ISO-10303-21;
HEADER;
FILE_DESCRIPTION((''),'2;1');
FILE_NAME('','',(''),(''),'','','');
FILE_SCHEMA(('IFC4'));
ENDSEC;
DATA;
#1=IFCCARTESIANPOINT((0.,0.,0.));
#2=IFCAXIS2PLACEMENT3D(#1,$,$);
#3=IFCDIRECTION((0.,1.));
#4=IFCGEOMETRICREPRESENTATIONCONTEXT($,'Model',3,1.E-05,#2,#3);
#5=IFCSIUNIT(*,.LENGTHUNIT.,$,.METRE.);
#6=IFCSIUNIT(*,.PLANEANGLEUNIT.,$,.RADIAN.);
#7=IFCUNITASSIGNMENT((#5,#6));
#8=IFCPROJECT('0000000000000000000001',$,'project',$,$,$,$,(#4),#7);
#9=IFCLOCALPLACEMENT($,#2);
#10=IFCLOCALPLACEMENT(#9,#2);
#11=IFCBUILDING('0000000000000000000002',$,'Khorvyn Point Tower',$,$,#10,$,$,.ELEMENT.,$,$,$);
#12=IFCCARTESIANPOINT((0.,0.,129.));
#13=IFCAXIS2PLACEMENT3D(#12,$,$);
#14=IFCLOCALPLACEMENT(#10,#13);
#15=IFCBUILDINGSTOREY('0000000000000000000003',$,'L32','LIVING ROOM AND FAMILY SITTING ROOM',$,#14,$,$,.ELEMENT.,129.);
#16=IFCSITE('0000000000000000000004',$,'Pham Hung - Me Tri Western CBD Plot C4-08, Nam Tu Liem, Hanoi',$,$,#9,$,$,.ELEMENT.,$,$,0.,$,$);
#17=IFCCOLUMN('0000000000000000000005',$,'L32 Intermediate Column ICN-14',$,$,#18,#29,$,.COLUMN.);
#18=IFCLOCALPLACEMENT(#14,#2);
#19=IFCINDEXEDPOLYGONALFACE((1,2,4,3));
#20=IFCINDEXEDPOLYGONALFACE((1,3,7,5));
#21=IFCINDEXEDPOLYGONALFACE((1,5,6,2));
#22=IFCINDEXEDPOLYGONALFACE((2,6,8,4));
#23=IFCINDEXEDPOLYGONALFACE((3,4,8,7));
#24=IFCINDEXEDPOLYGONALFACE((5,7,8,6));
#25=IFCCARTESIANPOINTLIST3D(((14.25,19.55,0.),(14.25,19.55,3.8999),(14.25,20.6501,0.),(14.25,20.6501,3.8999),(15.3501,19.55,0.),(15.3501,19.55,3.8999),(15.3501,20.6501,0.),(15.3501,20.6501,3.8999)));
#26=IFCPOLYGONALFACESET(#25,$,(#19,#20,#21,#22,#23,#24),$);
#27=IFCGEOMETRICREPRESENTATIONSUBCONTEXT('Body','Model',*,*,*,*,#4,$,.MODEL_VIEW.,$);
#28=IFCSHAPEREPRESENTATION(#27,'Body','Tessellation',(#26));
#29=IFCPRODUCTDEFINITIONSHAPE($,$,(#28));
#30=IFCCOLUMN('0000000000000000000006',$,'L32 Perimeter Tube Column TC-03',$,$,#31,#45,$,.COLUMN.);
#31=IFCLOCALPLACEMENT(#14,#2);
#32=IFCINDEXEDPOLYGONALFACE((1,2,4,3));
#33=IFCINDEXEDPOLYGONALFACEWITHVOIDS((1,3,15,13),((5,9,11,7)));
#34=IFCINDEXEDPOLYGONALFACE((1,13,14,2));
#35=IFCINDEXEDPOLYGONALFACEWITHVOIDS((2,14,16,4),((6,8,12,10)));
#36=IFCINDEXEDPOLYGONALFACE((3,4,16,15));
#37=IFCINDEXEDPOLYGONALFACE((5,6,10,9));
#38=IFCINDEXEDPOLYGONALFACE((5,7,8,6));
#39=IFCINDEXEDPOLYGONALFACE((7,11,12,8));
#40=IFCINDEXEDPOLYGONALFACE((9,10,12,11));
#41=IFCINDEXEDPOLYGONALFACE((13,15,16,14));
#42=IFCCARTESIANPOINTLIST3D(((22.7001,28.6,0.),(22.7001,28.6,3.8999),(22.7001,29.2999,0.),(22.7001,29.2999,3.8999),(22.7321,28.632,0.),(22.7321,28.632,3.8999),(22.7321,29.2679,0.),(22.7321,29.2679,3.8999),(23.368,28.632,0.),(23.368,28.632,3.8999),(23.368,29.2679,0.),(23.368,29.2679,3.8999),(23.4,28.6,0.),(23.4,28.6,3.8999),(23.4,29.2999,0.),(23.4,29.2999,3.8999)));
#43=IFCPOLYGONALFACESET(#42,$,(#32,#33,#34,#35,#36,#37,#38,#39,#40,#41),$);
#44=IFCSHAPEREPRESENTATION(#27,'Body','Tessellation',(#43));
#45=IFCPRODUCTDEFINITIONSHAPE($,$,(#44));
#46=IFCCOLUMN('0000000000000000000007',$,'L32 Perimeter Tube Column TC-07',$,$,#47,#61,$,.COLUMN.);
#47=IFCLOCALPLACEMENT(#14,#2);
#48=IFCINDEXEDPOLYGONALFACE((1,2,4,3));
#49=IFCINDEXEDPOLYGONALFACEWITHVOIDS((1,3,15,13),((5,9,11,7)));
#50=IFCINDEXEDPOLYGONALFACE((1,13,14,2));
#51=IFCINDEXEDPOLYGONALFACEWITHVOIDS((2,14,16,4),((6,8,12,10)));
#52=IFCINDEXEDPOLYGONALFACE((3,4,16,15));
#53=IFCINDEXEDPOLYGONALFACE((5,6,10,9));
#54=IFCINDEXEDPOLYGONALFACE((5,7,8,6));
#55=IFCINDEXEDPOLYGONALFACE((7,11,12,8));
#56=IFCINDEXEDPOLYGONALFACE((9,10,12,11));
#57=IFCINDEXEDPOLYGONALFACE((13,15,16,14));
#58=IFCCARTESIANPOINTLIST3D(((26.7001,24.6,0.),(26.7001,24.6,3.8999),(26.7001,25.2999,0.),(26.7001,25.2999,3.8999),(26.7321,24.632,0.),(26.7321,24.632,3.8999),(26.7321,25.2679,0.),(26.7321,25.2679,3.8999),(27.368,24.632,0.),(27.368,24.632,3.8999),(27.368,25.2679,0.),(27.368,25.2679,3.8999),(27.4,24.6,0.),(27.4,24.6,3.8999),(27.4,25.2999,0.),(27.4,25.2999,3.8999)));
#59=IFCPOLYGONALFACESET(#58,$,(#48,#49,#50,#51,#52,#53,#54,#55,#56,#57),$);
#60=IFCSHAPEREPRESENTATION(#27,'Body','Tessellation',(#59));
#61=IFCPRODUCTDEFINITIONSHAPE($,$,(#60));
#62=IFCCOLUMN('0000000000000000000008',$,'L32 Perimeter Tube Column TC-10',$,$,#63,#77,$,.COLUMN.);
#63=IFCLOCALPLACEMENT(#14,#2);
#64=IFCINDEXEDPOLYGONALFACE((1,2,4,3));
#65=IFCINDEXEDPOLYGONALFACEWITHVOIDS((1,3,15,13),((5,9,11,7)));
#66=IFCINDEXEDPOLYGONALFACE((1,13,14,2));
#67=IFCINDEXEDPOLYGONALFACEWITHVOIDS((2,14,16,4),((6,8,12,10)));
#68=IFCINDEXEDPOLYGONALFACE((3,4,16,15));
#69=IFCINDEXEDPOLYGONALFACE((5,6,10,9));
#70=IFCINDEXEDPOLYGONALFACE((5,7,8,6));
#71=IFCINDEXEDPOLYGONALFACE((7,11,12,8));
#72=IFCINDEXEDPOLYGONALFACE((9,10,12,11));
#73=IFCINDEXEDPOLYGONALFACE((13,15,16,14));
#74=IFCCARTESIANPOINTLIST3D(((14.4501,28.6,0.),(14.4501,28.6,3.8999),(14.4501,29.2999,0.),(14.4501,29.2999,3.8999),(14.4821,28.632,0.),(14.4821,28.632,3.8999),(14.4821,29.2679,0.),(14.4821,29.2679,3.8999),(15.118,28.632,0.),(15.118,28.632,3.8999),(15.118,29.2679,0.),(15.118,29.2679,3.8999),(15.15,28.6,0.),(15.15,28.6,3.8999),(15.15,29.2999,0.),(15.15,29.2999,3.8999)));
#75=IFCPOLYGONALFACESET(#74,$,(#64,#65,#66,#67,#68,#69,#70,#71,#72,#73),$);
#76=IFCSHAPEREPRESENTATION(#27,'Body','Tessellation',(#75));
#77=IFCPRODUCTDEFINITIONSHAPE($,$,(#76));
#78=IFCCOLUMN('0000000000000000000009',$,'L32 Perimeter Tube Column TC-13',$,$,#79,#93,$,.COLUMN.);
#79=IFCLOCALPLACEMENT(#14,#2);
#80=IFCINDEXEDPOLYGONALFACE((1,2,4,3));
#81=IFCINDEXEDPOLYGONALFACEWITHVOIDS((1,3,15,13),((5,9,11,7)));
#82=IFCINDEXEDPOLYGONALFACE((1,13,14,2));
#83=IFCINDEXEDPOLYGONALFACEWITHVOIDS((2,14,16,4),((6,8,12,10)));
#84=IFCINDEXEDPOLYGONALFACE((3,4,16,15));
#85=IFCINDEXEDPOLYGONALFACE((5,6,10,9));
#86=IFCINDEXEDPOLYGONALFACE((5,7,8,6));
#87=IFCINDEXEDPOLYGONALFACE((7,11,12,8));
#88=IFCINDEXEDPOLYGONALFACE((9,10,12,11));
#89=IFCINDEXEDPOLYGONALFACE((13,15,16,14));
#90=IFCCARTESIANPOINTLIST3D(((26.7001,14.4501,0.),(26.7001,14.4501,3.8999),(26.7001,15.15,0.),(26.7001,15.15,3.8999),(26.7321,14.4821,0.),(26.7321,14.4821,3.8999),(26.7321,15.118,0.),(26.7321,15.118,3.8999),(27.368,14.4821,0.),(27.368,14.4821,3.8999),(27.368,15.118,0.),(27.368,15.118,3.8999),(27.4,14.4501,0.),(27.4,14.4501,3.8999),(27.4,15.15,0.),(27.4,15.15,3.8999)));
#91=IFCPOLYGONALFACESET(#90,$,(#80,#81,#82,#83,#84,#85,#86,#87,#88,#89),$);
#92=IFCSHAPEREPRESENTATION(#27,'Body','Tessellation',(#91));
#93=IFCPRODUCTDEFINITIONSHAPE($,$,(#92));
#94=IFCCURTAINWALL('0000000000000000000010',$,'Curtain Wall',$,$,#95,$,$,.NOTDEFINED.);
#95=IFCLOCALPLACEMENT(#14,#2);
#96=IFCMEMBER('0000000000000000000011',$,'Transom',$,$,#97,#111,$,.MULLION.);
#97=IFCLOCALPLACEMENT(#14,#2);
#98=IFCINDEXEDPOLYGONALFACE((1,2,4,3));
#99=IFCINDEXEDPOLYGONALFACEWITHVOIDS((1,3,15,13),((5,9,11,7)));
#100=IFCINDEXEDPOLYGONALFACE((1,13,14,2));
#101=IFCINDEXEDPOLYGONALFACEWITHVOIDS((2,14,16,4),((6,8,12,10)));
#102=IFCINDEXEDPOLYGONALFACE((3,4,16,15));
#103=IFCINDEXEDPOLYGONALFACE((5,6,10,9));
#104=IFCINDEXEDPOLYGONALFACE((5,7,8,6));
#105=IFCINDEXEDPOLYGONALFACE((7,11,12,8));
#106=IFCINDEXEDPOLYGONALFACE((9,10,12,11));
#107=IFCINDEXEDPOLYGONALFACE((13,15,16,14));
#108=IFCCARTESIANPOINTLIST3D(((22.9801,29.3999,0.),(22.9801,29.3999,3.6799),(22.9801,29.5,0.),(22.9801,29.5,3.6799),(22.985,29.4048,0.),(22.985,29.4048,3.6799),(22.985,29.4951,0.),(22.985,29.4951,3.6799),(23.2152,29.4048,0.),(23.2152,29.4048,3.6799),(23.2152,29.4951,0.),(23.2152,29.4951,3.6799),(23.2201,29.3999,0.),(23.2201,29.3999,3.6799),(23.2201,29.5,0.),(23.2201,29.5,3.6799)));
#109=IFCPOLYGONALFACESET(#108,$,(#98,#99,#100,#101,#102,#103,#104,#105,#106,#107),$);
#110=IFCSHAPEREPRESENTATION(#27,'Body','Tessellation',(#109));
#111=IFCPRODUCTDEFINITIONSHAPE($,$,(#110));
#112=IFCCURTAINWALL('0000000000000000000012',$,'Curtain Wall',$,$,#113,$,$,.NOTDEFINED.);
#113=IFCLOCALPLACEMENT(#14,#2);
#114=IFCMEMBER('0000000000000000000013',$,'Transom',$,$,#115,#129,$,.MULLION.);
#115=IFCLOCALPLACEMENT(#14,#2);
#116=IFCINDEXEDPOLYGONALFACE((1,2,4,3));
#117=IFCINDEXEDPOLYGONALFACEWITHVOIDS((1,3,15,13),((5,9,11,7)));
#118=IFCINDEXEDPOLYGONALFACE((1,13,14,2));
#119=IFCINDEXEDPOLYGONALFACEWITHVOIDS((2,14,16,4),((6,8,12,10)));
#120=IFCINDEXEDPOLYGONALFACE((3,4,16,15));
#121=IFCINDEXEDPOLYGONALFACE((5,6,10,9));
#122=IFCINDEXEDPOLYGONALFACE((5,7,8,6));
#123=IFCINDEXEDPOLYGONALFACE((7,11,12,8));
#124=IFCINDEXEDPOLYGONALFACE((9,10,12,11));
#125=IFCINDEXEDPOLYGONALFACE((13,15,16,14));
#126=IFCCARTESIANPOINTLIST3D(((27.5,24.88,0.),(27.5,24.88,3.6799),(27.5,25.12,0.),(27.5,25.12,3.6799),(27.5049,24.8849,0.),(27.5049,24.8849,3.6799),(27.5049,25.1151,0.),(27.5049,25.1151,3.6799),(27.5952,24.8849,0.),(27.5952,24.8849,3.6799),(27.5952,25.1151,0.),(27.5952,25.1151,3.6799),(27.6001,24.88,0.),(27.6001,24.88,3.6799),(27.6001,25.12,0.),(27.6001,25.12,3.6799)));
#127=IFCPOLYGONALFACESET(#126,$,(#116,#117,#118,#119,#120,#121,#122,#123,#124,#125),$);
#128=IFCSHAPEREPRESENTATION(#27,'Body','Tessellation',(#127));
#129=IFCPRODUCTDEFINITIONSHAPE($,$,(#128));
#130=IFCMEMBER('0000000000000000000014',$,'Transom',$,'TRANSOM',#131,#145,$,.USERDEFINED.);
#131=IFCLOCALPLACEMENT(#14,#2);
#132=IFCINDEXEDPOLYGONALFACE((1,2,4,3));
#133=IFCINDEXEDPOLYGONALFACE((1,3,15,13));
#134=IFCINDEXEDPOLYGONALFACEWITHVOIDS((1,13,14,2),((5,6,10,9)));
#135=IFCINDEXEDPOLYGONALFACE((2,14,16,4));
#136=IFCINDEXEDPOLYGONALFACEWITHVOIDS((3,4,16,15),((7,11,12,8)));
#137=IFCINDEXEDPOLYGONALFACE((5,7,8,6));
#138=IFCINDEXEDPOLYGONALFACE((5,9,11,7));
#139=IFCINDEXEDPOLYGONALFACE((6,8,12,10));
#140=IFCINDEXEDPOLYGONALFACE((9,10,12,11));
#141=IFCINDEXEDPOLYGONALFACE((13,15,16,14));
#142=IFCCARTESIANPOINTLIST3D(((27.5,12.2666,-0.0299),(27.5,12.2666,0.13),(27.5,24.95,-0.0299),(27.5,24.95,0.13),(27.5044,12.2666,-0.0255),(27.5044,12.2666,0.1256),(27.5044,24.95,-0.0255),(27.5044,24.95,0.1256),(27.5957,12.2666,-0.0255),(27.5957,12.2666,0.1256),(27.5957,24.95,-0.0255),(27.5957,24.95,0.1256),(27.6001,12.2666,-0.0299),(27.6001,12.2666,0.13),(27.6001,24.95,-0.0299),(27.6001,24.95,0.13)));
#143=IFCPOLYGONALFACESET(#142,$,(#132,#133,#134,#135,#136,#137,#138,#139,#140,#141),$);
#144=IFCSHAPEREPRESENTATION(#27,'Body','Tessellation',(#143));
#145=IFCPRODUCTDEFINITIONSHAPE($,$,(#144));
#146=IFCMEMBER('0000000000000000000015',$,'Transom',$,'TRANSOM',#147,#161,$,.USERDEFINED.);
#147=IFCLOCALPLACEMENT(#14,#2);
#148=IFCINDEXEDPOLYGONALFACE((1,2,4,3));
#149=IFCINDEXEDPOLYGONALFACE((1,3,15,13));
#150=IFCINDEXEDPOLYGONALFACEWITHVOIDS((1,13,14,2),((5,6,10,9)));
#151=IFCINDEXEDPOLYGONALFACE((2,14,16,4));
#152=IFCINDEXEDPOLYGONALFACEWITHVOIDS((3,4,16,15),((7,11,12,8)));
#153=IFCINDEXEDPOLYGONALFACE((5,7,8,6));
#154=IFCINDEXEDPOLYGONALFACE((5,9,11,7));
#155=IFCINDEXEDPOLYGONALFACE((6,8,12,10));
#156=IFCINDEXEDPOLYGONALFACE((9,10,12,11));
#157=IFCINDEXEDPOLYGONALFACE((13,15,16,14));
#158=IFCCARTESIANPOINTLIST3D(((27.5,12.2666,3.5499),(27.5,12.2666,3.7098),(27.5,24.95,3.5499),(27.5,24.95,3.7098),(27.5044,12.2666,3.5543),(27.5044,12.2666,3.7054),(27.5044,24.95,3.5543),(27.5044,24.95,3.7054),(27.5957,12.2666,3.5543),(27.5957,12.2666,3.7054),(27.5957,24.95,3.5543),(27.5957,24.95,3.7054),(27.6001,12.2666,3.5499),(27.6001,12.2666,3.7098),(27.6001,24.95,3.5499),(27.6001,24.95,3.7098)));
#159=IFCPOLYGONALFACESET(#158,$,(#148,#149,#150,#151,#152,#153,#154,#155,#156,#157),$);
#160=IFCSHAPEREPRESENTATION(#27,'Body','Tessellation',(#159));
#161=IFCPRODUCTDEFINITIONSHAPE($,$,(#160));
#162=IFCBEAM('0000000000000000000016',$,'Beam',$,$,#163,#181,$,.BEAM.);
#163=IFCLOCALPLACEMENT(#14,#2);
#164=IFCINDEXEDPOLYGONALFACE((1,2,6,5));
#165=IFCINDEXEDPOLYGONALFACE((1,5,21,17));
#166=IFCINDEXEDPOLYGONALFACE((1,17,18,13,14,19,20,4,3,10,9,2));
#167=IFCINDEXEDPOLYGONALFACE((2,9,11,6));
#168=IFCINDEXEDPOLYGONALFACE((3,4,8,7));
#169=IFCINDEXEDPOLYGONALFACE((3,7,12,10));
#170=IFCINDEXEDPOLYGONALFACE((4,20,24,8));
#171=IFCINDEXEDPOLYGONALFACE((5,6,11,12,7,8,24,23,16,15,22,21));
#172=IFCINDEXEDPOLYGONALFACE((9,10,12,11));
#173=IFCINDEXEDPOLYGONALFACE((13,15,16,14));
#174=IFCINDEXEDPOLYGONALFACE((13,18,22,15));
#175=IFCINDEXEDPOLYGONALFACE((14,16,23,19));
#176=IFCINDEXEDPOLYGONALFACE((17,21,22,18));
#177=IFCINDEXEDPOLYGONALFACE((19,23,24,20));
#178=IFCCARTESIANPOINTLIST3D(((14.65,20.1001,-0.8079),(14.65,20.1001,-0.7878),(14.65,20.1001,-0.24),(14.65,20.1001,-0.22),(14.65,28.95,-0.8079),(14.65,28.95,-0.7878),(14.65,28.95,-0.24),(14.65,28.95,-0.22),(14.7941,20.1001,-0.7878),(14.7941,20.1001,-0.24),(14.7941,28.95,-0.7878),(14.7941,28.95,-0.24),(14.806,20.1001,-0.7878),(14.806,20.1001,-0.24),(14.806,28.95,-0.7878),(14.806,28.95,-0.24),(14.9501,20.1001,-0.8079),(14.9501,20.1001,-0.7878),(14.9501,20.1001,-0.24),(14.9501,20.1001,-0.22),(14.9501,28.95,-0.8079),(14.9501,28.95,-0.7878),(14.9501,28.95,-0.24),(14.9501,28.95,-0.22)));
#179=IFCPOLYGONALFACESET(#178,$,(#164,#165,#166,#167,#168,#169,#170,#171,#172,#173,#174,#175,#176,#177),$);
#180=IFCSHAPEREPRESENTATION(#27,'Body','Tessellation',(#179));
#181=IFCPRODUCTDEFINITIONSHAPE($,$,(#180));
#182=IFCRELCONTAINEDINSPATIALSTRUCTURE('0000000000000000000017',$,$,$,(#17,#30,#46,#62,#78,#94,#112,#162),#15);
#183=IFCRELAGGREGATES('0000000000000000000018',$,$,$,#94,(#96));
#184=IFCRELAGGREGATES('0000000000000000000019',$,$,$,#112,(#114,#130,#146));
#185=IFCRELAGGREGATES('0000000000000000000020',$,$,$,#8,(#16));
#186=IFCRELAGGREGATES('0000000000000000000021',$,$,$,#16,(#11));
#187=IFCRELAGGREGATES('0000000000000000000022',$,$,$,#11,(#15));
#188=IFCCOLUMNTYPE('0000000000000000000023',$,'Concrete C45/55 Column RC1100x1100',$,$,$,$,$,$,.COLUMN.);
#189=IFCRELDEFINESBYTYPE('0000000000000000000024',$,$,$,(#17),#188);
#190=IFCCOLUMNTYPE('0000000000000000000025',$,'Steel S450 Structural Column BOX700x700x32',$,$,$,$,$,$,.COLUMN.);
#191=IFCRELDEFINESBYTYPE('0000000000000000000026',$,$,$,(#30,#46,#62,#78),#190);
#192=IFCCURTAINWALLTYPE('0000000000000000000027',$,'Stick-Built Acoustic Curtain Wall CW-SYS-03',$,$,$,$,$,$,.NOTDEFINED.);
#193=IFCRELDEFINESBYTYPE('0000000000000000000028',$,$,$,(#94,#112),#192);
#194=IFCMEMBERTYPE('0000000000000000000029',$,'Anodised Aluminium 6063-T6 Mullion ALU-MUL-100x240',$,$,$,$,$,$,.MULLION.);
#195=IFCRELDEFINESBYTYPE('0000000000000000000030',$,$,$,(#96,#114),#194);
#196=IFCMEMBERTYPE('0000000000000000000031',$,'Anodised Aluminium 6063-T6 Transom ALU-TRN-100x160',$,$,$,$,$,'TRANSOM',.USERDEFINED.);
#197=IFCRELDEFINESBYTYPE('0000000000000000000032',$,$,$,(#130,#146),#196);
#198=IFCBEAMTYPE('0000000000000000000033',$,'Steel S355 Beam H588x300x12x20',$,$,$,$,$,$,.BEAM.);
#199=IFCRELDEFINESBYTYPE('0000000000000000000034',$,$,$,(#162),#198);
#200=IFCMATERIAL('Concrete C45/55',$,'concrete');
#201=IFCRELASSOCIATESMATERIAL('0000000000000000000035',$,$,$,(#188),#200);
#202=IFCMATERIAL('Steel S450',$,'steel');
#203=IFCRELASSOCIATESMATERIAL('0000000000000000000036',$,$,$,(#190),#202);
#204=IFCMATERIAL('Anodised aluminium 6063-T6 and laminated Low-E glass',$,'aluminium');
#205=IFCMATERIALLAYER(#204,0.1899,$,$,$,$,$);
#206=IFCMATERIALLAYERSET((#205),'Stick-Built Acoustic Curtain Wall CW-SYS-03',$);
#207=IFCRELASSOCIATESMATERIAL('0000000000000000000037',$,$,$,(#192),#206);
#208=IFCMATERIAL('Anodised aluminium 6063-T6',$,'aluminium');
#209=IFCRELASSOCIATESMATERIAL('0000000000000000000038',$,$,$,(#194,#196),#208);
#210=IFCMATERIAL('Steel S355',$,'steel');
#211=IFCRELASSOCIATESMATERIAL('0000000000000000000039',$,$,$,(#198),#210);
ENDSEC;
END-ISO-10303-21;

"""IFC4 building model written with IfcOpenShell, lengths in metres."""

from ifc_helpers import new_model, si_unit, direction, frame, origin, origin_2d, place, context, subcontext, project, spatial, rectangle, hollow_rectangle, i_section, extrude, material, layer, layer_set, material_profile, profile_set, type_object, element, aggregate, save


model = new_model("IFC4")

# Units and contexts
model_context = context("Model", 3, precision=1e-05, world=origin(), true_north=direction((0.0, 1.0)))
body_context = subcontext(model_context, "Body", "Model", "MODEL_VIEW")
ifc_project = project(units=[si_unit("LENGTHUNIT", "METRE"), si_unit("PLANEANGLEUNIT", "RADIAN")], contexts=[model_context])

# Site, building, storey
site_placement = place(None, origin())
site = spatial("IfcSite", under=ifc_project, at=site_placement, Name="Pham Hung - Me Tri Western CBD Plot C4-08, Nam Tu Liem, Hanoi", CompositionType="ELEMENT", RefElevation=0.0)
building_placement = place(site_placement, origin())
building = spatial("IfcBuilding", under=site, at=building_placement, Name="Khorvyn Point Tower", CompositionType="ELEMENT")
storey_placement = place(building_placement, frame((0.0, 0.0, 129.0)))
storey = spatial("IfcBuildingStorey", under=building, at=storey_placement, Name="L32", Description="LIVING ROOM AND FAMILY SITTING ROOM", CompositionType="ELEMENT", Elevation=129.0)

# Columns
ifc_material_1 = material(Name="Concrete C45/55", Category="concrete")
ifc_material_profile_1 = material_profile(ifc_material_1, rectangle(XDim=1.1001, YDim=1.1001, at=origin_2d()))
ifc_profile_set_1 = profile_set([ifc_material_profile_1], Name="Concrete C45/55 RC1100x1100")
column_type_1 = type_object("IfcColumnType", Name="Concrete C45/55 Column RC1100x1100", PredefinedType="COLUMN", material=ifc_profile_set_1)
column_placement = place(storey_placement, frame((14.8, 20.1001, 0.0), z_axis=(0.0, 0.0, 1.0), x_axis=(1.0, 0.0, 0.0)))
element("IfcColumn", 1, at=column_placement, inside=storey, type_object=column_type_1, Name="L32 Intermediate Column ICN-14", PredefinedType="COLUMN", context=body_context, shape_type="SweptSolid", body=[
    extrude(rectangle(XDim=1.1001, YDim=1.1001, at=origin_2d()), origin(), (0.0, 0.0, 1.0), 3.8999),
])
ifc_material_2 = material(Name="Steel S450", Category="steel")
ifc_material_profile_2 = material_profile(ifc_material_2, hollow_rectangle(XDim=0.7, YDim=0.7, WallThickness=0.032, at=origin_2d()))
ifc_profile_set_2 = profile_set([ifc_material_profile_2], Name="Steel S450 BOX700x700x32")
column_type_2 = type_object("IfcColumnType", Name="Steel S450 Structural Column BOX700x700x32", PredefinedType="COLUMN", material=ifc_profile_set_2)
for number, where, z_axis, x_axis, name in (
    (2, (23.05, 28.95, 0.0), (0.0, 0.0, 1.0), (1.0, 0.0, 0.0), "L32 Perimeter Tube Column TC-03"),
    (3, (27.05, 24.95, 0.0), (0.0, 0.0, 1.0), (1.0, 0.0, 0.0), "L32 Perimeter Tube Column TC-07"),
    (4, (14.8, 28.95, 0.0), (0.0, 0.0, 1.0), (1.0, 0.0, 0.0), "L32 Perimeter Tube Column TC-10"),
    (5, (27.05, 14.8, 0.0), (0.0, 0.0, 1.0), (1.0, 0.0, 0.0), "L32 Perimeter Tube Column TC-13"),
):
    element("IfcColumn", number, at=place(storey_placement, frame(where, z_axis=z_axis, x_axis=x_axis)), inside=storey, type_object=column_type_2, Name=name, PredefinedType="COLUMN", context=body_context, shape_type="SweptSolid", body=[
        extrude(hollow_rectangle(XDim=0.7, YDim=0.7, WallThickness=0.032, at=origin_2d()), origin(), (0.0, 0.0, 1.0), 3.8999),
    ])

# Curtain wall, member
ifc_material_3 = material(Name="Anodised aluminium 6063-T6 and laminated Low-E glass", Category="aluminium")
ifc_layer_1 = layer(ifc_material_3, 0.1899)
ifc_layer_set_1 = layer_set([ifc_layer_1], Name="Stick-Built Acoustic Curtain Wall CW-SYS-03")
curtain_wall_type = type_object("IfcCurtainWallType", Name="Stick-Built Acoustic Curtain Wall CW-SYS-03", PredefinedType="NOTDEFINED", material=ifc_layer_set_1)
curtain_wall_1_placement = place(storey_placement, origin())
curtain_wall_1 = element("IfcCurtainWall", 6, at=curtain_wall_1_placement, inside=storey, type_object=curtain_wall_type, Name="Curtain Wall", PredefinedType="NOTDEFINED")
ifc_material_4 = material(Name="Anodised aluminium 6063-T6", Category="aluminium")
ifc_material_profile_3 = material_profile(ifc_material_4, hollow_rectangle(XDim=0.1001, YDim=0.24, WallThickness=0.0049, at=origin_2d()))
ifc_profile_set_3 = profile_set([ifc_material_profile_3], Name="Anodised aluminium 6063-T6 ALU-MUL-100x240")
member_type_1 = type_object("IfcMemberType", Name="Anodised Aluminium 6063-T6 Mullion ALU-MUL-100x240", PredefinedType="MULLION", material=ifc_profile_set_3)
member_1_placement = place(storey_placement, frame((23.1001, 29.45, 0.0), z_axis=(0.0, 0.0, 1.0), x_axis=(0.0, 1.0, 0.0)))
member_1 = element("IfcMember", 7, at=member_1_placement, type_object=member_type_1, Name="Transom", PredefinedType="MULLION", context=body_context, shape_type="SweptSolid", body=[
    extrude(hollow_rectangle(XDim=0.1001, YDim=0.24, WallThickness=0.0049, at=origin_2d()), origin(), (0.0, 0.0, 1.0), 3.6799),
])

# Curtain wall, members
curtain_wall_2_placement = place(storey_placement, origin())
curtain_wall_2 = element("IfcCurtainWall", 8, at=curtain_wall_2_placement, inside=storey, type_object=curtain_wall_type, Name="Curtain Wall", PredefinedType="NOTDEFINED")
member_2_placement = place(storey_placement, frame((27.55, 25.0, 0.0), z_axis=(0.0, 0.0, 1.0), x_axis=(1.0, 0.0, 0.0)))
member_2 = element("IfcMember", 9, at=member_2_placement, type_object=member_type_1, Name="Transom", PredefinedType="MULLION", context=body_context, shape_type="SweptSolid", body=[
    extrude(hollow_rectangle(XDim=0.1001, YDim=0.24, WallThickness=0.0049, at=origin_2d()), origin(), (0.0, 0.0, 1.0), 3.6799),
])
ifc_material_profile_4 = material_profile(ifc_material_4, hollow_rectangle(XDim=0.1001, YDim=0.1599, WallThickness=0.0044, at=origin_2d()))
ifc_profile_set_4 = profile_set([ifc_material_profile_4], Name="Anodised aluminium 6063-T6 ALU-TRN-100x160")
member_type_2 = type_object("IfcMemberType", Name="Anodised Aluminium 6063-T6 Transom ALU-TRN-100x160", ElementType="TRANSOM", PredefinedType="USERDEFINED", material=ifc_profile_set_4)
member_3_placement = place(storey_placement, frame((27.55, 24.95, 0.05), z_axis=(0.0, -1.0, 0.0), x_axis=(1.0, 0.0, 0.0)))
member_3 = element("IfcMember", 10, at=member_3_placement, type_object=member_type_2, Name="Transom", ObjectType="TRANSOM", PredefinedType="USERDEFINED", context=body_context, shape_type="SweptSolid", body=[
    extrude(hollow_rectangle(XDim=0.1001, YDim=0.1599, WallThickness=0.0044, at=origin_2d()), origin(), (0.0, 0.0, 1.0), 12.6833),
])
member_4_placement = place(storey_placement, frame((27.55, 24.95, 3.6299), z_axis=(0.0, -1.0, 0.0), x_axis=(1.0, 0.0, 0.0)))
member_4 = element("IfcMember", 11, at=member_4_placement, type_object=member_type_2, Name="Transom", ObjectType="TRANSOM", PredefinedType="USERDEFINED", context=body_context, shape_type="SweptSolid", body=[
    extrude(hollow_rectangle(XDim=0.1001, YDim=0.1599, WallThickness=0.0044, at=origin_2d()), origin(), (0.0, 0.0, 1.0), 12.6833),
])

# Beam
ifc_material_5 = material(Name="Steel S355", Category="steel")
ifc_material_profile_5 = material_profile(ifc_material_5, i_section(OverallWidth=0.3, OverallDepth=0.5879, WebThickness=0.012, FlangeThickness=0.02, at=origin_2d()))
ifc_profile_set_5 = profile_set([ifc_material_profile_5], Name="Steel S355 H588x300x12x20")
beam_type_1 = type_object("IfcBeamType", Name="Steel S355 Beam H588x300x12x20", PredefinedType="BEAM", material=ifc_profile_set_5)
beam_1_placement = place(storey_placement, frame((14.8, 20.1001, -0.5139), z_axis=(0.0, 1.0, 0.0), x_axis=(-1.0, 0.0, 0.0)))
element("IfcBeam", 12, at=beam_1_placement, inside=storey, type_object=beam_type_1, Name="Beam", PredefinedType="BEAM", context=body_context, shape_type="SweptSolid", body=[
    extrude(i_section(OverallWidth=0.3, OverallDepth=0.5879, WebThickness=0.012, FlangeThickness=0.02, at=origin_2d()), origin(), (0.0, 0.0, 1.0), 8.8499),
])

aggregate(curtain_wall_1, [member_1])
aggregate(curtain_wall_2, [member_2, member_3, member_4])

save(model, "model.ifc")
